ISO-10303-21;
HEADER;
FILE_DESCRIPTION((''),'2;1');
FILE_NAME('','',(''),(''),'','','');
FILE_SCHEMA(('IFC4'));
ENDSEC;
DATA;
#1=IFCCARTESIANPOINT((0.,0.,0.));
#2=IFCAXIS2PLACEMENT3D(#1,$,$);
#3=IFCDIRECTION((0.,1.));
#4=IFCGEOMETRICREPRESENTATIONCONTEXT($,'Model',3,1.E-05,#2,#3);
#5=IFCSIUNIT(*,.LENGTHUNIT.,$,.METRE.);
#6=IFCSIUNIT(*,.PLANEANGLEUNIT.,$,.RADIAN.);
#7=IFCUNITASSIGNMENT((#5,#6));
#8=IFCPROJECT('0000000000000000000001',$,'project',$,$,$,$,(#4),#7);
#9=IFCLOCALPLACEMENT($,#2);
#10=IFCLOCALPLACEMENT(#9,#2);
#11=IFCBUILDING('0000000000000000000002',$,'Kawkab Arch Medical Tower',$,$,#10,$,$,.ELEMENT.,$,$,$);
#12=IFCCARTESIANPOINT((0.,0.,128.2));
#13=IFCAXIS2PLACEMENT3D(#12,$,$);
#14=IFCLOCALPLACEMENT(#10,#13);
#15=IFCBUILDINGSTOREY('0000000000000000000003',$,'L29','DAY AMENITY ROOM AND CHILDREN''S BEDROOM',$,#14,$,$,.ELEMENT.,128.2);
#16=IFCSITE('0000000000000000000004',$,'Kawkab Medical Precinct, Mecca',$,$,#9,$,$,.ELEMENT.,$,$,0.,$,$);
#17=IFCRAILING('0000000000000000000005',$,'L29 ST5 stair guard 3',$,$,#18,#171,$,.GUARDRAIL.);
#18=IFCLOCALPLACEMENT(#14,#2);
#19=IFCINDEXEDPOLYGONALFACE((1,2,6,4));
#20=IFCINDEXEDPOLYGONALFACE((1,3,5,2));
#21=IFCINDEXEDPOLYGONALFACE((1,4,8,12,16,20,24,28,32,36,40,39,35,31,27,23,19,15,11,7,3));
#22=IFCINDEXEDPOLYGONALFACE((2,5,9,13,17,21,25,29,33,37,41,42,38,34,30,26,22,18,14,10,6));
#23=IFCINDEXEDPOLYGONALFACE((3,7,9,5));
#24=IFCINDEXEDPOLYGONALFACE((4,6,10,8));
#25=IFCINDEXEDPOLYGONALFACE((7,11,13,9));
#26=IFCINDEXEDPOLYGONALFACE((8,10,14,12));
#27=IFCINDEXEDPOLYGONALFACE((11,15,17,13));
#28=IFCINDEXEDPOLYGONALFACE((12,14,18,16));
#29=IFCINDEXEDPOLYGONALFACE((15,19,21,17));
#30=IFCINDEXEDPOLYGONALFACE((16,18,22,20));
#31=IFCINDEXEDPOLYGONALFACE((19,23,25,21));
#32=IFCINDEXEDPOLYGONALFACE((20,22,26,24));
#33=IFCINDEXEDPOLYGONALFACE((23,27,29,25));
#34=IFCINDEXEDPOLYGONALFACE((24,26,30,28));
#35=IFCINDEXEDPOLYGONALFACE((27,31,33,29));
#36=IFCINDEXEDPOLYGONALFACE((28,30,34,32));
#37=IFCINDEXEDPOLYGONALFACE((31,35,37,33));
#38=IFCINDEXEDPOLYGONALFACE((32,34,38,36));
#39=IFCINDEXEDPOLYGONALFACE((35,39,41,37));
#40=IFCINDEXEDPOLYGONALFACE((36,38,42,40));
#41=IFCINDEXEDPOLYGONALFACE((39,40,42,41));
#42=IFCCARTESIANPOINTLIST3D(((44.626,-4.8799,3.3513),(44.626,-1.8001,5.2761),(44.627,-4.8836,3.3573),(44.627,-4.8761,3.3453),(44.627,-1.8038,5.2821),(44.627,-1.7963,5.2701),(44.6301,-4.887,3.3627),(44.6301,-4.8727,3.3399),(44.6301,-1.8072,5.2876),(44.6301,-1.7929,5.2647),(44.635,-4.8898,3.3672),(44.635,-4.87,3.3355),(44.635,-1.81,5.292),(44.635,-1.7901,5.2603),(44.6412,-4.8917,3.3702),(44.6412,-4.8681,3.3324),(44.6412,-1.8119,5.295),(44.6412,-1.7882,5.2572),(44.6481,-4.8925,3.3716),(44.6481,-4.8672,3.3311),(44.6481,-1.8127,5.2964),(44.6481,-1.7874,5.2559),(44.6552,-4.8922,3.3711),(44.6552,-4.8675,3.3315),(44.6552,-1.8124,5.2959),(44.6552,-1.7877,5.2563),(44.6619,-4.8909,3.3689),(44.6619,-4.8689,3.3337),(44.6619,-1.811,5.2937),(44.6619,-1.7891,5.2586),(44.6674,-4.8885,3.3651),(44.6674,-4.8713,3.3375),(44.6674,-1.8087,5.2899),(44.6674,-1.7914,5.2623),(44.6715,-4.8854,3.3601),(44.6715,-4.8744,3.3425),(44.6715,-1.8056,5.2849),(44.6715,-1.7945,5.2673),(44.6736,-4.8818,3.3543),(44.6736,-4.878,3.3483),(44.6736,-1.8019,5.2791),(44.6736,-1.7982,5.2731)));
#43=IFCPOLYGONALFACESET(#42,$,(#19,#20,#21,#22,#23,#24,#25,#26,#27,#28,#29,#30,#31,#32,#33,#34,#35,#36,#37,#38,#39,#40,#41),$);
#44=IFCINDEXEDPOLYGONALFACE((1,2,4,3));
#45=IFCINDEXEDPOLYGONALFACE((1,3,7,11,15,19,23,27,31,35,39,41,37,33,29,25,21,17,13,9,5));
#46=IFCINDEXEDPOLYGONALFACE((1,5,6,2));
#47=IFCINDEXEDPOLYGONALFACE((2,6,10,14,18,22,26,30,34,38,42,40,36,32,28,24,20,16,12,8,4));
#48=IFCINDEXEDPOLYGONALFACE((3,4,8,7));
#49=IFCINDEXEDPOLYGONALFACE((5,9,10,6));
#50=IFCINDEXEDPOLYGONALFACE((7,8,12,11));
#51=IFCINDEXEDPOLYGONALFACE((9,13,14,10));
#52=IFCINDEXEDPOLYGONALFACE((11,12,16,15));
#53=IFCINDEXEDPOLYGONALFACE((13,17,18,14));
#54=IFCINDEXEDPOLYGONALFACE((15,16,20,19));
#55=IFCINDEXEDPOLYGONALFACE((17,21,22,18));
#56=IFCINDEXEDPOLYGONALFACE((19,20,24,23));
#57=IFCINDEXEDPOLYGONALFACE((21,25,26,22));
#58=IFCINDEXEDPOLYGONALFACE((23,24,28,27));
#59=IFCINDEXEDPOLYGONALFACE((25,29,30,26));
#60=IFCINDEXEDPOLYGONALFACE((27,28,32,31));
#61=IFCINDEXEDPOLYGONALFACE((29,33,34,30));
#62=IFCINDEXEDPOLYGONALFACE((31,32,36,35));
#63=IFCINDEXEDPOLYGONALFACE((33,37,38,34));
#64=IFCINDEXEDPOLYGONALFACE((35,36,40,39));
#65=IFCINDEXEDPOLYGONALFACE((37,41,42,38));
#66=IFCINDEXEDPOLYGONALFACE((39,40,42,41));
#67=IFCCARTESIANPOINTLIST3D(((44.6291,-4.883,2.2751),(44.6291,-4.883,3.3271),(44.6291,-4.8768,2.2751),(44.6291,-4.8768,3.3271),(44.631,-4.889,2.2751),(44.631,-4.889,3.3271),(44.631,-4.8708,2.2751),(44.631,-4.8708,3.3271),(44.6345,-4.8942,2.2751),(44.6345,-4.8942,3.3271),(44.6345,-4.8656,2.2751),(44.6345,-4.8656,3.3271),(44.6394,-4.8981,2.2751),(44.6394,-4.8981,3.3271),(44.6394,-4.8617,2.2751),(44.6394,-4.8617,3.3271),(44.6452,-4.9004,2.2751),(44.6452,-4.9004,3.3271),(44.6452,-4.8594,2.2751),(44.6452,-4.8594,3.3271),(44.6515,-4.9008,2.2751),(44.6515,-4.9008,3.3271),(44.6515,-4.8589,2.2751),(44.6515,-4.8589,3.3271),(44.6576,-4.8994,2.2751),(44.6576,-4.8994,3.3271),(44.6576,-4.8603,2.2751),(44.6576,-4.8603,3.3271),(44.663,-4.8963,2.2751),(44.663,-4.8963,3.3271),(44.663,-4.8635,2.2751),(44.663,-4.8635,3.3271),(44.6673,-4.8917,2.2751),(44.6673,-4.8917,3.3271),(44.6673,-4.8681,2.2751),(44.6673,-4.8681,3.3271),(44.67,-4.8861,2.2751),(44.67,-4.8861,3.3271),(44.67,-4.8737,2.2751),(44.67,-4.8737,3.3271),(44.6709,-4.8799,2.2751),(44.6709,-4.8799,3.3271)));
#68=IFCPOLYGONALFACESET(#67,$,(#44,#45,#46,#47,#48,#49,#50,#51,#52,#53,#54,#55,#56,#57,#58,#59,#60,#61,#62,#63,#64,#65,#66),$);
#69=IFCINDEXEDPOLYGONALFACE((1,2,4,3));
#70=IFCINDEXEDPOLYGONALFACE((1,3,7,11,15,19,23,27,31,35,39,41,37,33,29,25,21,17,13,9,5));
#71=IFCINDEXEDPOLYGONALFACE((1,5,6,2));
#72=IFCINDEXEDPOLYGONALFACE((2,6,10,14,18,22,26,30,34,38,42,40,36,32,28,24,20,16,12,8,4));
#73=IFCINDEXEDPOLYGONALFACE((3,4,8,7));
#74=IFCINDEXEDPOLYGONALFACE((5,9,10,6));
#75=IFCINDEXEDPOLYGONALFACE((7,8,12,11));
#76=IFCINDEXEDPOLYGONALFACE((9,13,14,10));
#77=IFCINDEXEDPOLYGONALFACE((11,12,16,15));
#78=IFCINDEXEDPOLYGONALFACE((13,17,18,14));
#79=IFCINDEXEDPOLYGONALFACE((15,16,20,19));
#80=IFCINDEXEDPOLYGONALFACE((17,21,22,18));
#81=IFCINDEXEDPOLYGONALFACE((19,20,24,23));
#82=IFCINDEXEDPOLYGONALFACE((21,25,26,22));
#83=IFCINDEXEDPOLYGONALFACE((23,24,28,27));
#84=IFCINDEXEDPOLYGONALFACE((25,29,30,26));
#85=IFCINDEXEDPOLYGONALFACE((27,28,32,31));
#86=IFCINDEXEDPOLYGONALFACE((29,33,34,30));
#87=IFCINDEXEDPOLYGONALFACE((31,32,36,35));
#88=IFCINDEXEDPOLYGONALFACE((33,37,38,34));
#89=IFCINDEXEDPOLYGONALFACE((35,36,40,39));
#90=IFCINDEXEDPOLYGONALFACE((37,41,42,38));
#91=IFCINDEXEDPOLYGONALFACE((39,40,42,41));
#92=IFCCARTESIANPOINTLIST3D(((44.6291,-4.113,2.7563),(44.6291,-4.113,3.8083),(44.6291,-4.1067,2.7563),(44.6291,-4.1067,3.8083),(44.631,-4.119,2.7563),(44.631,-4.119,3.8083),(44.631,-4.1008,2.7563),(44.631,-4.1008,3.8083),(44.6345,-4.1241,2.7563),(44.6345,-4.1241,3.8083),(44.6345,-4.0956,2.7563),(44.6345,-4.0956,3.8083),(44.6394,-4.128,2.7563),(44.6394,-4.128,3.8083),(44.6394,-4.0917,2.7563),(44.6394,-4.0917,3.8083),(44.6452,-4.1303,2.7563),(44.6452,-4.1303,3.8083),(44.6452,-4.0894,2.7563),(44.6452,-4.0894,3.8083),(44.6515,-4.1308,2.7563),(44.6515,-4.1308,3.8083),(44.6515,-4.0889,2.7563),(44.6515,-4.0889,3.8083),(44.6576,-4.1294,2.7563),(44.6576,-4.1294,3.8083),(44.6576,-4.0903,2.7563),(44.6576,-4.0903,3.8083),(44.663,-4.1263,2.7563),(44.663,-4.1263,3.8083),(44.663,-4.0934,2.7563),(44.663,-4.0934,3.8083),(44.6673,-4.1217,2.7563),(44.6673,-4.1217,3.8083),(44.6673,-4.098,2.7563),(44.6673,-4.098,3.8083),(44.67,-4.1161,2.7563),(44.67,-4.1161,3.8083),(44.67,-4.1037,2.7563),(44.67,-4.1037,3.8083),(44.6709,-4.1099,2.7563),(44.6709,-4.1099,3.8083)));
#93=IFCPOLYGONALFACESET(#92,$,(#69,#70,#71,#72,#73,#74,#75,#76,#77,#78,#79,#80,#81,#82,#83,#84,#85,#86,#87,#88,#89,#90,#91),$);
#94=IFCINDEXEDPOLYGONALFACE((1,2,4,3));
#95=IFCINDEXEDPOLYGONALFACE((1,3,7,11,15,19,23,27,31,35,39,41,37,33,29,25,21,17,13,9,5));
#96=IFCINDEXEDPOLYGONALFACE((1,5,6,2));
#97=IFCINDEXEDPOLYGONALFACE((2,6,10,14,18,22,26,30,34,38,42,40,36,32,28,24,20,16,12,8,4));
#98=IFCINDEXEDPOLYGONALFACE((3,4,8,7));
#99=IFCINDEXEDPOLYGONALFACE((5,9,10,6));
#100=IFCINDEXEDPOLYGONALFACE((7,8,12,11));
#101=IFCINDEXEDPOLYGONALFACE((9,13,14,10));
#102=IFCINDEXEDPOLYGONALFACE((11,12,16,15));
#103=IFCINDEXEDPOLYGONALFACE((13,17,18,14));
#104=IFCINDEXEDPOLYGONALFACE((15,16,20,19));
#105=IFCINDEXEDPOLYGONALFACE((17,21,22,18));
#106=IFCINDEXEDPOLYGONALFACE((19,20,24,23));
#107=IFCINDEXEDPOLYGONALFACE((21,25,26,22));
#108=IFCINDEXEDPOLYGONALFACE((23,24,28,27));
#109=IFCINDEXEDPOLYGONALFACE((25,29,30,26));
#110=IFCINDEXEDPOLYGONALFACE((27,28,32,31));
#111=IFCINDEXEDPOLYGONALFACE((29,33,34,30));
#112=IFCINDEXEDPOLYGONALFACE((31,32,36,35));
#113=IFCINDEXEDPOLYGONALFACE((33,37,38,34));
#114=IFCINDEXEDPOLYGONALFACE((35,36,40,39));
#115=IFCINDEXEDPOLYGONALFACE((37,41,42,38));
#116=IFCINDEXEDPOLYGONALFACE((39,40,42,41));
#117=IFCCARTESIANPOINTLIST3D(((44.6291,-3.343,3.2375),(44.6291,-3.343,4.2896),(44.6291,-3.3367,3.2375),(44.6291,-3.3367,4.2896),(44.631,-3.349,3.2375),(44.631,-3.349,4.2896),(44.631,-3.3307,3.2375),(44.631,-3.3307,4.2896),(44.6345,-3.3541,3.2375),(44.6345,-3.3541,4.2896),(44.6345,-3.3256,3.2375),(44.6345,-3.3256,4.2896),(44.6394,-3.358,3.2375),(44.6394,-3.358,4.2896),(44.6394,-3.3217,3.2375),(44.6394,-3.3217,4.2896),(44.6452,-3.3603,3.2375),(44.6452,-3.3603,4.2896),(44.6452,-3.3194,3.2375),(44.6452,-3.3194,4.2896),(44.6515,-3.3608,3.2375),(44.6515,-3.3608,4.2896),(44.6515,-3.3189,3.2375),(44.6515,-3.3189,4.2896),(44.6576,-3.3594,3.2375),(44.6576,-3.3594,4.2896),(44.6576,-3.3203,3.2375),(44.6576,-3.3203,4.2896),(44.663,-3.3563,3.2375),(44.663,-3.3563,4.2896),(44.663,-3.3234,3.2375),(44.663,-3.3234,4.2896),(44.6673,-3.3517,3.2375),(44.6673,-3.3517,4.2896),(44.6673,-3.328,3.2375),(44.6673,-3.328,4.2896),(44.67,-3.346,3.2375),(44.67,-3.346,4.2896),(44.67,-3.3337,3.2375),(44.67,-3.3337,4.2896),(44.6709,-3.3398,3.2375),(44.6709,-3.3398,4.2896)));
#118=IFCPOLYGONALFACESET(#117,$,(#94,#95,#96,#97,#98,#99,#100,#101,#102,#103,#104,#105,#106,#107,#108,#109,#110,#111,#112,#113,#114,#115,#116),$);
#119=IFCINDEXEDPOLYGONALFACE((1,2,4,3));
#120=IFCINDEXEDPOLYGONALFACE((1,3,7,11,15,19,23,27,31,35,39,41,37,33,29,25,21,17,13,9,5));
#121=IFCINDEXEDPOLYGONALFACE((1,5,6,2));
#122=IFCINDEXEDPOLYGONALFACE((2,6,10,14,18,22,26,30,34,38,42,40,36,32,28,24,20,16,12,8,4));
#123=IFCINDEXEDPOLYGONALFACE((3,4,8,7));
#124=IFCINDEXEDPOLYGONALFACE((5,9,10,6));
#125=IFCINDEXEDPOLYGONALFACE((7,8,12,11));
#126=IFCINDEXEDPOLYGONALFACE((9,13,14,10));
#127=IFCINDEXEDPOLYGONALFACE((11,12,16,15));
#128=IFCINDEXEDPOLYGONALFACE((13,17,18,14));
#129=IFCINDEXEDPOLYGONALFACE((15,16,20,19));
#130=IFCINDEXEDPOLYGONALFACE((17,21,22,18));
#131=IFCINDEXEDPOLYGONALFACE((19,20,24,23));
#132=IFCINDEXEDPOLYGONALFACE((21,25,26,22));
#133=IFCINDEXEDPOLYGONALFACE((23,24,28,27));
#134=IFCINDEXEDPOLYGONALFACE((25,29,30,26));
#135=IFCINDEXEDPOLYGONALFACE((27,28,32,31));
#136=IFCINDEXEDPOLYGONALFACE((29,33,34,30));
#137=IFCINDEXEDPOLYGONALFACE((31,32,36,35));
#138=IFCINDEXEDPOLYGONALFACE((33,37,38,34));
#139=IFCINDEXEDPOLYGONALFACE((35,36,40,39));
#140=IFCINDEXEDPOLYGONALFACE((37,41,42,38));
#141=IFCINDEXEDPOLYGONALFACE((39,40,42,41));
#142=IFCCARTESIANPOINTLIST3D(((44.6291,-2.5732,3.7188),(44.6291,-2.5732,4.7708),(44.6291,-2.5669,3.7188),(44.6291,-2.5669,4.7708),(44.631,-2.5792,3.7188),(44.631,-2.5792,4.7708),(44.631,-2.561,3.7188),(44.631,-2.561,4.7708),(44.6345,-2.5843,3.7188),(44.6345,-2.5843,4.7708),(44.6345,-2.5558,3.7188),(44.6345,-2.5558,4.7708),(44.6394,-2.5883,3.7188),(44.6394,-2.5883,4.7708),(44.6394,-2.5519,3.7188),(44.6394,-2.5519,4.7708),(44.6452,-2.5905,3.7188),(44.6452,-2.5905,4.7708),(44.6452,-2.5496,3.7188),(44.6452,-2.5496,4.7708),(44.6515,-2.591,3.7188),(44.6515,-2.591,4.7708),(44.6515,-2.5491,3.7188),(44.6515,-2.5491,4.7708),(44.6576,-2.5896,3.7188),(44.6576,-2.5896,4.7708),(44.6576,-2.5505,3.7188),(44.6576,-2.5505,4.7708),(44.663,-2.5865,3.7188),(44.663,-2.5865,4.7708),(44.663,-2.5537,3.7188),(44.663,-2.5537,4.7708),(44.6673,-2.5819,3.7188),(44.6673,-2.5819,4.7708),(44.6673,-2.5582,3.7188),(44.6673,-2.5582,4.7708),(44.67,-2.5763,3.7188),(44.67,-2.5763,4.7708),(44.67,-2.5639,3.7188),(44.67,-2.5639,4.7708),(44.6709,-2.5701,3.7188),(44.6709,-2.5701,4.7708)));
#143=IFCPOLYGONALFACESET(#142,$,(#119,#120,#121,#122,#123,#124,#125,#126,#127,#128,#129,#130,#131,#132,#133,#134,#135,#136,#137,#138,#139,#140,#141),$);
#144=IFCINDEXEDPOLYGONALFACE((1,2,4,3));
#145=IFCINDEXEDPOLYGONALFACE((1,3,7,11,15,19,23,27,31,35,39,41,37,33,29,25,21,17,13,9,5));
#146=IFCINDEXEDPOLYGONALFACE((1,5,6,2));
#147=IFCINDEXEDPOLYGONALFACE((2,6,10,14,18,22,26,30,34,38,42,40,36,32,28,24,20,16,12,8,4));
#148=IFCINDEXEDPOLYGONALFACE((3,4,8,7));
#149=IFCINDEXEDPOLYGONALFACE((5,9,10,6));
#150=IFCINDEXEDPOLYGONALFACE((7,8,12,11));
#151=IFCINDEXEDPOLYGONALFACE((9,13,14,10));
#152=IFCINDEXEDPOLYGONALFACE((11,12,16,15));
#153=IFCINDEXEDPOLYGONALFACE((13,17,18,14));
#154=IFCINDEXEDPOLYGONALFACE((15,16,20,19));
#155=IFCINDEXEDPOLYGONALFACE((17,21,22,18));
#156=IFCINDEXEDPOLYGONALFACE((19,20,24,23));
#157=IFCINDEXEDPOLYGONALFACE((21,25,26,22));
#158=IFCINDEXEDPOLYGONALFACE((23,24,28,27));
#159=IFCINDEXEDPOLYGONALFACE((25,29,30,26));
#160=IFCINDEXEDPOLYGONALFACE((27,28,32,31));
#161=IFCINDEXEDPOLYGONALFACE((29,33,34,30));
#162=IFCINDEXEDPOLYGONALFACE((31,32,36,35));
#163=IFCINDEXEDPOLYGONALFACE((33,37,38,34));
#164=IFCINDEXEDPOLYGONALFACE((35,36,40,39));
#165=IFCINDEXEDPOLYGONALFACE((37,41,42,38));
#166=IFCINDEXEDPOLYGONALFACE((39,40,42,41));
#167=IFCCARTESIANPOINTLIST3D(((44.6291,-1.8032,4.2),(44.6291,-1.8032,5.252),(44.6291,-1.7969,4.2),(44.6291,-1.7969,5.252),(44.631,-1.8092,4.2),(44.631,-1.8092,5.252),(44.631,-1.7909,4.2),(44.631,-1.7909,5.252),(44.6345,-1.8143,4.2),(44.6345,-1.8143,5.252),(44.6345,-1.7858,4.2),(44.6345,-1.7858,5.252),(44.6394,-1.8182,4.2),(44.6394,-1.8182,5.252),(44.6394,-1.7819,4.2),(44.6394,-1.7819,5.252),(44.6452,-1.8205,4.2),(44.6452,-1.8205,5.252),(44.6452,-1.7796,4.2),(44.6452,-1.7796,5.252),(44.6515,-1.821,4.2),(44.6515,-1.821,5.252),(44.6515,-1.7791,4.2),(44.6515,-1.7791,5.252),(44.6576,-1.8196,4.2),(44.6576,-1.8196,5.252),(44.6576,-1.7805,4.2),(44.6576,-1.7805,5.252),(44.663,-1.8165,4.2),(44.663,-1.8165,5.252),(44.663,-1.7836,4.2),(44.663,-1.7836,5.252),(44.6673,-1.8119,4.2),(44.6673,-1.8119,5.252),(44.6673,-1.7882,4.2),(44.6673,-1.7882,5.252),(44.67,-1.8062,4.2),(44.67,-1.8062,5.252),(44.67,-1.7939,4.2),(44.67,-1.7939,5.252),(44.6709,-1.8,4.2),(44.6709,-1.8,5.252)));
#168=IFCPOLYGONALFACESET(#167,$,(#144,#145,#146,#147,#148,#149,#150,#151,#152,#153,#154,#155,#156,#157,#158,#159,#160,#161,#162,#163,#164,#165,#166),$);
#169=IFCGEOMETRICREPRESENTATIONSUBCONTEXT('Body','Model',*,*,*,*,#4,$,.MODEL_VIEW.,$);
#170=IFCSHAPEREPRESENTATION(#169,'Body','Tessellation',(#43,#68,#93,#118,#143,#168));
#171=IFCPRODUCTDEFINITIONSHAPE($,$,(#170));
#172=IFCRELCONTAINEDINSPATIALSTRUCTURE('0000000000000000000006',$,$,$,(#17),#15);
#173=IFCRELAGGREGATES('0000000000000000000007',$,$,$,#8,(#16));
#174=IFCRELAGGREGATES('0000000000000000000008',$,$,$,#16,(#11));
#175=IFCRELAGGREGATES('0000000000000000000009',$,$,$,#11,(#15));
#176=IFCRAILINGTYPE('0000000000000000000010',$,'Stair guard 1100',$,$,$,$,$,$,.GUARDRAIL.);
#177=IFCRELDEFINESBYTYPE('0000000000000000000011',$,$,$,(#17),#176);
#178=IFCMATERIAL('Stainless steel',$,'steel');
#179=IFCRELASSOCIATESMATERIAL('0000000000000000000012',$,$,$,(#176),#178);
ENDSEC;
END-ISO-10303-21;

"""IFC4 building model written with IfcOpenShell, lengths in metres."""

from ifc_helpers import new_model, si_unit, direction, frame, origin, origin_2d, place, context, subcontext, project, spatial, circle, extrude, material, type_object, element, save


model = new_model("IFC4")

# Units and contexts
model_context = context("Model", 3, precision=1e-05, world=origin(), true_north=direction((0.0, 1.0)))
body_context = subcontext(model_context, "Body", "Model", "MODEL_VIEW")
ifc_project = project(units=[si_unit("LENGTHUNIT", "METRE"), si_unit("PLANEANGLEUNIT", "RADIAN")], contexts=[model_context])

# Site, building, storey
site_placement = place(None, origin())
site = spatial("IfcSite", under=ifc_project, at=site_placement, Name="Kawkab Medical Precinct, Mecca", CompositionType="ELEMENT", RefElevation=0.0)
building_placement = place(site_placement, origin())
building = spatial("IfcBuilding", under=site, at=building_placement, Name="Kawkab Arch Medical Tower", CompositionType="ELEMENT")
storey_placement = place(building_placement, frame((0.0, 0.0, 128.2)))
storey = spatial("IfcBuildingStorey", under=building, at=storey_placement, Name="L29", Description="DAY AMENITY ROOM AND CHILDREN'S BEDROOM", CompositionType="ELEMENT", Elevation=128.2)

# Railing
ifc_material_1 = material(Name="Stainless steel", Category="steel")
railing_type = type_object("IfcRailingType", Name="Stair guard 1100", PredefinedType="GUARDRAIL", material=ifc_material_1)
railing_1_placement = place(storey_placement, frame((44.6499, -4.8799, 2.2751)))
element("IfcRailing", 1, at=railing_1_placement, inside=storey, type_object=railing_type, Name="L29 ST5 stair guard 3", PredefinedType="GUARDRAIL", context=body_context, shape_type="SweptSolid", body=[
    extrude(circle(Radius=0.0239, at=origin_2d()), frame((0.0, 0.0, 1.0762), z_axis=(0.0, 0.84801, 0.529981), x_axis=(-1.0, 0.0, 0.0)), (0.0, 0.0, 1.0), 3.6318),
    extrude(circle(Radius=0.021, at=origin_2d()), origin(), (0.0, 0.0, 1.0), 1.052),
    extrude(circle(Radius=0.021, at=origin_2d()), frame((0.0, 0.77, 0.4812)), (0.0, 0.0, 1.0), 1.052),
    extrude(circle(Radius=0.021, at=origin_2d()), frame((0.0, 1.54, 0.9624)), (0.0, 0.0, 1.0), 1.052),
    extrude(circle(Radius=0.021, at=origin_2d()), frame((0.0, 2.3098, 1.4436)), (0.0, 0.0, 1.0), 1.052),
    extrude(circle(Radius=0.021, at=origin_2d()), frame((0.0, 3.0798, 1.9248)), (0.0, 0.0, 1.0), 1.052),
])

save(model, "model.ifc")
